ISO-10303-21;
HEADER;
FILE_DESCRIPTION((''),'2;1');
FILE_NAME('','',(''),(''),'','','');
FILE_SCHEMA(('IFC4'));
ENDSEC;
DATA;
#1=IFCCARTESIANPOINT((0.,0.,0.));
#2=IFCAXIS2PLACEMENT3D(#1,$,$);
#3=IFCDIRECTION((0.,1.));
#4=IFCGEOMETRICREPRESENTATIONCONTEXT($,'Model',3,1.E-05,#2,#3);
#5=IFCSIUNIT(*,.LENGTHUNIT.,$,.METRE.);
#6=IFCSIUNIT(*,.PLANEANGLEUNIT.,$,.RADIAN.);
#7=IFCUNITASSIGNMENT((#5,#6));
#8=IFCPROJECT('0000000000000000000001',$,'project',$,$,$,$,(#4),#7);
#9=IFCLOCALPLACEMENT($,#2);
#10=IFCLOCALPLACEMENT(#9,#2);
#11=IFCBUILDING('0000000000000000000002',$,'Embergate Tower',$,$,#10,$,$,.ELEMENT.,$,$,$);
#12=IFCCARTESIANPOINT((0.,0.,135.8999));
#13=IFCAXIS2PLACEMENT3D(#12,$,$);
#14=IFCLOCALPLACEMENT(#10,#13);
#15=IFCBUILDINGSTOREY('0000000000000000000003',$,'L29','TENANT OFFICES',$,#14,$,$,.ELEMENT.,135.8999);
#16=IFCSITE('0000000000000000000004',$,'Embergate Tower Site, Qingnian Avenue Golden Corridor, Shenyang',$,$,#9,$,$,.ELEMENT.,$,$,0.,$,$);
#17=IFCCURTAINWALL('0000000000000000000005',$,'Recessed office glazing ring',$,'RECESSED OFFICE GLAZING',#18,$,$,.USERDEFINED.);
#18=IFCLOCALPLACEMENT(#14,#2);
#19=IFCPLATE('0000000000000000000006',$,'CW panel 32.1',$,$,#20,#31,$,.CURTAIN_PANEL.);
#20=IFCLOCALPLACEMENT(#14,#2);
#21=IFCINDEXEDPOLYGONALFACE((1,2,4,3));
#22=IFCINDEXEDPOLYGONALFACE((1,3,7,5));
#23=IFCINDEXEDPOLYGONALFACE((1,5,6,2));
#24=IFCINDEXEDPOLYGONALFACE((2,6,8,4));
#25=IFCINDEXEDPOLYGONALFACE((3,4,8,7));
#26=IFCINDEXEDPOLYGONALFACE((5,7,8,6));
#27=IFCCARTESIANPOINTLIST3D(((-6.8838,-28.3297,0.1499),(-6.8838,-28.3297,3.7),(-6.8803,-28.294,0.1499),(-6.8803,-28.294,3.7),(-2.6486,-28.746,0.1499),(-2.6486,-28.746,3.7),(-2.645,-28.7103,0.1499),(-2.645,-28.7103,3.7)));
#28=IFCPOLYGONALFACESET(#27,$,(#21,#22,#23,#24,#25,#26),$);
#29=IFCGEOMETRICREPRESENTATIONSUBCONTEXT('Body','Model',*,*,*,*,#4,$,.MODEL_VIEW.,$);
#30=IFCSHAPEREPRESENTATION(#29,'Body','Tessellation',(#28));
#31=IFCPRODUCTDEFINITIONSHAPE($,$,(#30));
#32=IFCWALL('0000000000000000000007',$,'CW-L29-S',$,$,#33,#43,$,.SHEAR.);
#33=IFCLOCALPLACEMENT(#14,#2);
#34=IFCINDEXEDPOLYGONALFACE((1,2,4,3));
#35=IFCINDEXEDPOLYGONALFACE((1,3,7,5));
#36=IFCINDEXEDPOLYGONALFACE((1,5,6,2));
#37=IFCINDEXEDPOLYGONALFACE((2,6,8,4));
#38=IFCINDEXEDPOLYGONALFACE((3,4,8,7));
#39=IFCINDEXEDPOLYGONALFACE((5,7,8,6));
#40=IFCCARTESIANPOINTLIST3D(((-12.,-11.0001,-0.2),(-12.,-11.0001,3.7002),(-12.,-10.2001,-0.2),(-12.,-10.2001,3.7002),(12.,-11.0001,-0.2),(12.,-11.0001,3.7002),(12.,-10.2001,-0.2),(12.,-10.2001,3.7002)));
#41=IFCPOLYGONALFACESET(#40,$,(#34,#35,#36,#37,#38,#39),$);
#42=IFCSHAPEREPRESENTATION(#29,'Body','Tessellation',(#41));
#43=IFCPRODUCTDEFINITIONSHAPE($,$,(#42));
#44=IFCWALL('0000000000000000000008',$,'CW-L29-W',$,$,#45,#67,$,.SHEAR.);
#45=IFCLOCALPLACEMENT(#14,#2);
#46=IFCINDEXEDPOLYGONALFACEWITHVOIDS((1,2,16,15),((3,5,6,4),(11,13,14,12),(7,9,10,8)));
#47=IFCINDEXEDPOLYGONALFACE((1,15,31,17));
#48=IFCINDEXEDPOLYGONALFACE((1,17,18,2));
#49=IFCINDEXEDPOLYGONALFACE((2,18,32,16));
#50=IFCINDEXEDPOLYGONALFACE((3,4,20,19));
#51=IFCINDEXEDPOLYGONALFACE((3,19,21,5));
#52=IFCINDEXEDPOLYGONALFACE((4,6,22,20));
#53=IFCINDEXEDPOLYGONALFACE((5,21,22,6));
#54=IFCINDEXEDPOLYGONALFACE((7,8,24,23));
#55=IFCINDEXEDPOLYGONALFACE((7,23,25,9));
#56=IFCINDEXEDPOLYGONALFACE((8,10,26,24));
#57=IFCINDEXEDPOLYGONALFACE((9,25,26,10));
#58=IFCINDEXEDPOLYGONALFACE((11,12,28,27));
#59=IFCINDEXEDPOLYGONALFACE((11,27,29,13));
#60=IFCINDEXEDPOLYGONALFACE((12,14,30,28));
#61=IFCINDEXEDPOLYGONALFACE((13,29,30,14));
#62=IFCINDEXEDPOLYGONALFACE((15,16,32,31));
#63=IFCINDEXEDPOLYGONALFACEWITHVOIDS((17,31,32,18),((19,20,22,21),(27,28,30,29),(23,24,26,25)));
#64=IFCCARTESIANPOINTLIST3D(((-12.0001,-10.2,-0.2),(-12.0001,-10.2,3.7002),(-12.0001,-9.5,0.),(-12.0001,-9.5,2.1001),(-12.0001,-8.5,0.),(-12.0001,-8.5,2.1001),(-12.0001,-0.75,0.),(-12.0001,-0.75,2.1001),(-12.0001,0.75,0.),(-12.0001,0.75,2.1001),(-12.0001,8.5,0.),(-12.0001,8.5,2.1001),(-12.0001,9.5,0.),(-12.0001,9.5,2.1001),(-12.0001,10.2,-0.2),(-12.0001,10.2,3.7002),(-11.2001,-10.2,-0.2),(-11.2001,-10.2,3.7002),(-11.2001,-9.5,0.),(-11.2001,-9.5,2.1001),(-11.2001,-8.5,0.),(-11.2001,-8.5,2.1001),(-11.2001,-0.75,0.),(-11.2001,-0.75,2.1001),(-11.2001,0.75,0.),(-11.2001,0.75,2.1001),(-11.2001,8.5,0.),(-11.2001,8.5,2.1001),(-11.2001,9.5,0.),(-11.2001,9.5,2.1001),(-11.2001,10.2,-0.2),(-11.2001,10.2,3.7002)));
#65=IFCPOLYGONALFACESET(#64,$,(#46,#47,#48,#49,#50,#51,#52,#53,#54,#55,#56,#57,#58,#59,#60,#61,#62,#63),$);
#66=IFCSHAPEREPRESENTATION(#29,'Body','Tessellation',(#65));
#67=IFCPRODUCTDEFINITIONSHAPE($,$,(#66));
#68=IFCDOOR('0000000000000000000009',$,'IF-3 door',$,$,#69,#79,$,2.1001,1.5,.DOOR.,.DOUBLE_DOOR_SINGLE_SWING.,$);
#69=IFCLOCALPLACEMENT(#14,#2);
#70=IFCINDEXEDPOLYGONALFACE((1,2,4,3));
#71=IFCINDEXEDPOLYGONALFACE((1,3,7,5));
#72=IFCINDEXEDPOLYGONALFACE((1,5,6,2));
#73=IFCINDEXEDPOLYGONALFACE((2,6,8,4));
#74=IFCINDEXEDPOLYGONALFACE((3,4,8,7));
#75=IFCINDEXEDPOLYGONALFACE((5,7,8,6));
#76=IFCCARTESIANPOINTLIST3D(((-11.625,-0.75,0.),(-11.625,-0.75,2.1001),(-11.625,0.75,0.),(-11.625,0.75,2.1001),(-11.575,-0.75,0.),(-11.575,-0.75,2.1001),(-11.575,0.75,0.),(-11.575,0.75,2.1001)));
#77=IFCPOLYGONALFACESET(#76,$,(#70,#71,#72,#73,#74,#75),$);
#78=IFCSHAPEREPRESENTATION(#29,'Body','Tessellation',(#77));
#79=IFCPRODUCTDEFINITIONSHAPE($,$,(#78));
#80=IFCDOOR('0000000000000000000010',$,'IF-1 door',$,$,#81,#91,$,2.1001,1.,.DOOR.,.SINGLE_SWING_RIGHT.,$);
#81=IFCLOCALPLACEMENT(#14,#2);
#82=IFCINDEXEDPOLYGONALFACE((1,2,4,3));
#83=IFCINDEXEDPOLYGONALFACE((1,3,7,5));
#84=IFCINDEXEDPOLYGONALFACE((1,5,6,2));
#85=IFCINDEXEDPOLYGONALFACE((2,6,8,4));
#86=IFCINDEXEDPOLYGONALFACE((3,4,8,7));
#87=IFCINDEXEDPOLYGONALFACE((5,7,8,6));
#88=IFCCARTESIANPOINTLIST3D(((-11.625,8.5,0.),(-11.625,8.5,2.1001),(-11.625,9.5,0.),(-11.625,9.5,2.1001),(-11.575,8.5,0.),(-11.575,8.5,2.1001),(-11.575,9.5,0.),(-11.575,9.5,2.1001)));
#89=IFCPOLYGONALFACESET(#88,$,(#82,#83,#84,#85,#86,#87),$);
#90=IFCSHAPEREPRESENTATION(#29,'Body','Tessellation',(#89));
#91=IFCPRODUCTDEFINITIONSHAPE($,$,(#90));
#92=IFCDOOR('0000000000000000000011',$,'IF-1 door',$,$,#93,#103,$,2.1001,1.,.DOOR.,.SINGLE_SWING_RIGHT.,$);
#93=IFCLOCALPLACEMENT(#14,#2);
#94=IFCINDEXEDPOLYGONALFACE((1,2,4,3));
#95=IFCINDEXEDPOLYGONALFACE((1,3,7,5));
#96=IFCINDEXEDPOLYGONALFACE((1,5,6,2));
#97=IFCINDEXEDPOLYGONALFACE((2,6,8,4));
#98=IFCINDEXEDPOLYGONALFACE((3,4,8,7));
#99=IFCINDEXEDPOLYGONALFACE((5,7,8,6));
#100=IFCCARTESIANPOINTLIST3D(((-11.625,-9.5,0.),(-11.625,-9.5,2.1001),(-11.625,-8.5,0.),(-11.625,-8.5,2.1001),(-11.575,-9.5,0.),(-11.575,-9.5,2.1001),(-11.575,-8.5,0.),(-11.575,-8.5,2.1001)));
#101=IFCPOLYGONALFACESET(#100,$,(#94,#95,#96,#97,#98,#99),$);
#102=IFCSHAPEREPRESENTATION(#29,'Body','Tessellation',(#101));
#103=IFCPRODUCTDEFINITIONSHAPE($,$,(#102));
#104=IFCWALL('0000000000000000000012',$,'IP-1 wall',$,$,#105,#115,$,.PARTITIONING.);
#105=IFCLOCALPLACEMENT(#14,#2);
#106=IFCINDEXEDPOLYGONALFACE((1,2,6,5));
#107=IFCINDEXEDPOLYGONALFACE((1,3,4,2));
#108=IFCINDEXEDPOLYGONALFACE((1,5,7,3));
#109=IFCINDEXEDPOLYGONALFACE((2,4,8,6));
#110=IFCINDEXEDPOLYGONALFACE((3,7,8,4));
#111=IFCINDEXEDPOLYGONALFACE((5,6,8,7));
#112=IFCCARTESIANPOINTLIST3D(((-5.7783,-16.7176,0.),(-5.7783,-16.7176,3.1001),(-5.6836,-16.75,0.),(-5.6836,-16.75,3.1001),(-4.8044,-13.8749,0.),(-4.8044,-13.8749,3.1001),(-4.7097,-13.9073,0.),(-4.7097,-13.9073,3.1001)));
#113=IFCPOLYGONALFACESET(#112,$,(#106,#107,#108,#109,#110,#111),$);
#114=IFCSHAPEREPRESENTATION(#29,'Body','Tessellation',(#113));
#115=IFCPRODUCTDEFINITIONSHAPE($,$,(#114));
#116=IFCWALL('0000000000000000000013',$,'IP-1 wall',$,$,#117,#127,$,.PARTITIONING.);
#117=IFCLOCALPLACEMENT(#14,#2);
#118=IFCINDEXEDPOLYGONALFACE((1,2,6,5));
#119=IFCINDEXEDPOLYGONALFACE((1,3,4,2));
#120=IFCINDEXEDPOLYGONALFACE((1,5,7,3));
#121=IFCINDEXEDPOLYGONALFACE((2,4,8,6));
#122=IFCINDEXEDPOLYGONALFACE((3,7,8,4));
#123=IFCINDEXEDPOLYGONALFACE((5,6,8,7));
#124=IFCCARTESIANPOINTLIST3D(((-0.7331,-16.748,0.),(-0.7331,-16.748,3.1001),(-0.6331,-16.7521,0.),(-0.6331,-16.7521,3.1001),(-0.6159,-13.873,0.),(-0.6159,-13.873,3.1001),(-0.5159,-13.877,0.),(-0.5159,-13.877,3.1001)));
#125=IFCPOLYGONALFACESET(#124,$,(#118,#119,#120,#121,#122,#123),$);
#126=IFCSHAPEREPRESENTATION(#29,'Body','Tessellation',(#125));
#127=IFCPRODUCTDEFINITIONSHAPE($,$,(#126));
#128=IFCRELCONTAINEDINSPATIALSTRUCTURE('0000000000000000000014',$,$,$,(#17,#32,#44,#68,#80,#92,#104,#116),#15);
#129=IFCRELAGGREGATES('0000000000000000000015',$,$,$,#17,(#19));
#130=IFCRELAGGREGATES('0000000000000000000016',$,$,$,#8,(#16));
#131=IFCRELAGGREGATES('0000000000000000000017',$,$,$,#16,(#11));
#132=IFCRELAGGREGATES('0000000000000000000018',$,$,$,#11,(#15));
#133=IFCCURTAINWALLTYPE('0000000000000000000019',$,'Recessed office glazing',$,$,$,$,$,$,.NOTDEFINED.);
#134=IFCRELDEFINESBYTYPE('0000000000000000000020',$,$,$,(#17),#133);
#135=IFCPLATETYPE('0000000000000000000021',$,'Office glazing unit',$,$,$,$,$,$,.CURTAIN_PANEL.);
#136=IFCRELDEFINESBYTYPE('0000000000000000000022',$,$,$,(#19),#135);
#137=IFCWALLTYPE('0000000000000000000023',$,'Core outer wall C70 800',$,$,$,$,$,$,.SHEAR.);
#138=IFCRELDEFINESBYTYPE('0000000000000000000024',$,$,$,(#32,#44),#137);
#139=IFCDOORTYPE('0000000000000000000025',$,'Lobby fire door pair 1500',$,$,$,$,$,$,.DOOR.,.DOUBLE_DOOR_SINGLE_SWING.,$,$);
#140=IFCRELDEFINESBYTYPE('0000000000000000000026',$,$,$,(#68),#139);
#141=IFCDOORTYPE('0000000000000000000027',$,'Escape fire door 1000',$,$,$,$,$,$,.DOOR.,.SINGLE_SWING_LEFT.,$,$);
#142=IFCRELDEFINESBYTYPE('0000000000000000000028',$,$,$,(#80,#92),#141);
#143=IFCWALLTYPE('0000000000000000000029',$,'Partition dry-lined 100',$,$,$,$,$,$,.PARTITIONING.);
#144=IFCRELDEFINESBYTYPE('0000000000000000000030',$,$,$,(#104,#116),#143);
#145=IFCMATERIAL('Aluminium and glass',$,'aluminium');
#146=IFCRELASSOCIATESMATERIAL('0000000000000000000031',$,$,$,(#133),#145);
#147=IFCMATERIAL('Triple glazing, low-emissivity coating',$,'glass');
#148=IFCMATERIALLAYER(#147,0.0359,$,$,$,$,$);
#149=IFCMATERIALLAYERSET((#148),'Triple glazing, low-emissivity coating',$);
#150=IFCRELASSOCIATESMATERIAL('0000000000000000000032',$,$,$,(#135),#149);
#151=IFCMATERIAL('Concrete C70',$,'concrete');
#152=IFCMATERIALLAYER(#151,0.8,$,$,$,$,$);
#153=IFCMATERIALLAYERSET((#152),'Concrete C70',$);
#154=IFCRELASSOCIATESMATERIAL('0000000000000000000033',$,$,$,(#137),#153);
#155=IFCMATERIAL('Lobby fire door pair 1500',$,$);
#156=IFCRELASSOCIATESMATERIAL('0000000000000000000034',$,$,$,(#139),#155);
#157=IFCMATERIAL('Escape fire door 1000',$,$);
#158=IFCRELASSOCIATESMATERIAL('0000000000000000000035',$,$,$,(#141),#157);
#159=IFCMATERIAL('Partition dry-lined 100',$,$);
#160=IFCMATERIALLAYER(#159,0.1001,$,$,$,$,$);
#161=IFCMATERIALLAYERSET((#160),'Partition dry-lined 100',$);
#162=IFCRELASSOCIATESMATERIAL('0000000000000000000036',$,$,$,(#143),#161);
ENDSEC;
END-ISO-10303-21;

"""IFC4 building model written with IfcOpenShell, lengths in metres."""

from ifc_helpers import new_model, si_unit, direction, frame, frame_2d, origin, origin_2d, place, context, subcontext, project, spatial, rectangle, extrude, source, transform, mapped, material, layer, layer_set, type_object, element, fill, aggregate, save


model = new_model("IFC4")

# Units and contexts
model_context = context("Model", 3, precision=1e-05, world=origin(), true_north=direction((0.0, 1.0)))
body_context = subcontext(model_context, "Body", "Model", "MODEL_VIEW")
ifc_project = project(units=[si_unit("LENGTHUNIT", "METRE"), si_unit("PLANEANGLEUNIT", "RADIAN")], contexts=[model_context])

# Site, building, storey
site_placement = place(None, origin())
site = spatial("IfcSite", under=ifc_project, at=site_placement, Name="Embergate Tower Site, Qingnian Avenue Golden Corridor, Shenyang", CompositionType="ELEMENT", RefElevation=0.0)
building_placement = place(site_placement, origin())
building = spatial("IfcBuilding", under=site, at=building_placement, Name="Embergate Tower", CompositionType="ELEMENT")
storey_placement = place(building_placement, frame((0.0, 0.0, 135.8999)))
storey = spatial("IfcBuildingStorey", under=building, at=storey_placement, Name="L29", Description="TENANT OFFICES", CompositionType="ELEMENT", Elevation=135.8999)

# Shared definitions
ifc_material_1 = material(Name="Concrete C70", Category="concrete")

# Curtain wall
ifc_material_2 = material(Name="Aluminium and glass", Category="aluminium")
curtain_wall_type = type_object("IfcCurtainWallType", Name="Recessed office glazing", PredefinedType="NOTDEFINED", material=ifc_material_2)
curtain_wall_placement = place(storey_placement, origin())
curtain_wall = element("IfcCurtainWall", 1, at=curtain_wall_placement, inside=storey, type_object=curtain_wall_type, Name="Recessed office glazing ring", ObjectType="RECESSED OFFICE GLAZING", PredefinedType="USERDEFINED")

# Plate
ifc_material_3 = material(Name="Triple glazing, low-emissivity coating", Category="glass")
ifc_layer_1 = layer(ifc_material_3, 0.0359)
ifc_layer_set_1 = layer_set([ifc_layer_1], Name="Triple glazing, low-emissivity coating")
plate_type = type_object("IfcPlateType", Name="Office glazing unit", PredefinedType="CURTAIN_PANEL", material=ifc_layer_set_1)
shared_shape_1 = source(origin(), body_context, "Body", "SweptSolid", [
    extrude(rectangle(XDim=4.2556, YDim=0.0359, at=origin_2d()), origin(), (0.0, 0.0, 1.0), 3.55),
])
plate_1_placement = place(storey_placement, frame((-4.7644, -28.52, 0.1499), z_axis=(0.0, 0.0, 1.0), x_axis=(0.995203, -0.097828, 0.0)))
plate_1 = element("IfcPlate", 2, at=plate_1_placement, type_object=plate_type, Name="CW panel 32.1", PredefinedType="CURTAIN_PANEL", context=body_context, shape_type="MappedRepresentation", body=[
    mapped(shared_shape_1, transform((0.0, 0.0, 0.0))),
])
aggregate(curtain_wall, [plate_1])

# Wall
ifc_layer_2 = layer(ifc_material_1, 0.8)
ifc_layer_set_2 = layer_set([ifc_layer_2], Name="Concrete C70")
wall_type_1 = type_object("IfcWallType", Name="Core outer wall C70 800", PredefinedType="SHEAR", material=ifc_layer_set_2)
shared_shape_2 = source(origin(), body_context, "Body", "SweptSolid", [
    extrude(rectangle(XDim=24.0, YDim=0.8, at=frame_2d((12.0, 0.0))), origin(), (0.0, 0.0, 1.0), 3.9001),
])
wall_1_placement = place(storey_placement, frame((-12.0, -10.6001, -0.2), z_axis=(0.0, 0.0, 1.0), x_axis=(1.0, 0.0, 0.0)))
element("IfcWall", 3, at=wall_1_placement, inside=storey, type_object=wall_type_1, Name="CW-L29-S", PredefinedType="SHEAR", context=body_context, shape_type="MappedRepresentation", body=[
    mapped(shared_shape_2, transform((0.0, 0.0, 0.0))),
])

# Wall, openings, doors
shared_shape_3 = source(origin(), body_context, "Body", "SweptSolid", [
    extrude(rectangle(XDim=20.3999, YDim=0.8, at=frame_2d((10.2, 0.0))), origin(), (0.0, 0.0, 1.0), 3.9001),
])
wall_2_placement = place(storey_placement, frame((-11.6001, -10.2, -0.2), z_axis=(0.0, 0.0, 1.0), x_axis=(0.0, 1.0, 0.0)))
wall_2 = element("IfcWall", 4, at=wall_2_placement, inside=storey, type_object=wall_type_1, Name="CW-L29-W", PredefinedType="SHEAR", context=body_context, shape_type="MappedRepresentation", body=[
    mapped(shared_shape_3, transform((0.0, 0.0, 0.0))),
])
shared_shape_4 = source(origin(), body_context, "Body", "SweptSolid", [
    extrude(rectangle(XDim=1.0, YDim=2.1001, at=frame_2d((0.5, 1.05))), frame((0.0, 0.4099, 0.0), z_axis=(0.0, -1.0, 0.0), x_axis=(1.0, 0.0, 0.0)), (0.0, 0.0, 1.0), 0.8201),
])
opening_1_placement = place(wall_2_placement, frame((18.7, 0.0, 0.2)))
opening_1 = element("IfcOpeningElement", 5, at=opening_1_placement, cuts=wall_2, PredefinedType="OPENING", context=body_context, shape_type="MappedRepresentation", body=[
    mapped(shared_shape_4, transform((0.0, 0.0, 0.0))),
])
opening_2_placement = place(wall_2_placement, frame((0.7, 0.0, 0.2)))
opening_2 = element("IfcOpeningElement", 6, at=opening_2_placement, cuts=wall_2, PredefinedType="OPENING", context=body_context, shape_type="MappedRepresentation", body=[
    mapped(shared_shape_4, transform((0.0, 0.0, 0.0))),
])
shared_shape_5 = source(origin(), body_context, "Body", "SweptSolid", [
    extrude(rectangle(XDim=1.5, YDim=2.1001, at=frame_2d((0.75, 1.05))), frame((0.0, 0.4099, 0.0), z_axis=(0.0, -1.0, 0.0), x_axis=(1.0, 0.0, 0.0)), (0.0, 0.0, 1.0), 0.8201),
])
opening_3_placement = place(wall_2_placement, frame((9.45, 0.0, 0.2)))
opening_3 = element("IfcOpeningElement", 7, at=opening_3_placement, cuts=wall_2, PredefinedType="OPENING", context=body_context, shape_type="MappedRepresentation", body=[
    mapped(shared_shape_5, transform((0.0, 0.0, 0.0))),
])
ifc_material_4 = material(Name="Lobby fire door pair 1500")
door_type_1 = type_object("IfcDoorType", Name="Lobby fire door pair 1500", OperationType="DOUBLE_DOOR_SINGLE_SWING", PredefinedType="DOOR", material=ifc_material_4)
shared_shape_6 = source(origin(), body_context, "Body", "SweptSolid", [
    extrude(rectangle(XDim=1.5, YDim=2.1001, at=frame_2d((0.75, 1.05))), frame((0.0, 0.0249, 0.0), z_axis=(0.0, -1.0, 0.0), x_axis=(1.0, 0.0, 0.0)), (0.0, 0.0, 1.0), 0.05),
])
door_1_placement = place(opening_3_placement, origin())
door_1 = element("IfcDoor", 8, at=door_1_placement, inside=storey, type_object=door_type_1, Name="IF-3 door", OperationType="DOUBLE_DOOR_SINGLE_SWING", OverallHeight=2.1001, OverallWidth=1.5, PredefinedType="DOOR", context=body_context, shape_type="MappedRepresentation", body=[
    mapped(shared_shape_6, transform((0.0, 0.0, 0.0))),
])
fill(opening_3, door_1)
ifc_material_5 = material(Name="Escape fire door 1000")
door_type_2 = type_object("IfcDoorType", Name="Escape fire door 1000", OperationType="SINGLE_SWING_LEFT", PredefinedType="DOOR", material=ifc_material_5)
shared_shape_7 = source(origin(), body_context, "Body", "SweptSolid", [
    extrude(rectangle(XDim=1.0, YDim=2.1001, at=frame_2d((0.5, 1.05))), frame((0.0, 0.0249, 0.0), z_axis=(0.0, -1.0, 0.0), x_axis=(1.0, 0.0, 0.0)), (0.0, 0.0, 1.0), 0.05),
])
door_2_placement = place(opening_1_placement, origin())
door_2 = element("IfcDoor", 9, at=door_2_placement, inside=storey, type_object=door_type_2, Name="IF-1 door", OperationType="SINGLE_SWING_RIGHT", OverallHeight=2.1001, OverallWidth=1.0, PredefinedType="DOOR", context=body_context, shape_type="MappedRepresentation", body=[
    mapped(shared_shape_7, transform((0.0, 0.0, 0.0))),
])
fill(opening_1, door_2)
door_3_placement = place(opening_2_placement, origin())
door_3 = element("IfcDoor", 10, at=door_3_placement, inside=storey, type_object=door_type_2, Name="IF-1 door", OperationType="SINGLE_SWING_RIGHT", OverallHeight=2.1001, OverallWidth=1.0, PredefinedType="DOOR", context=body_context, shape_type="MappedRepresentation", body=[
    mapped(shared_shape_7, transform((0.0, 0.0, 0.0))),
])
fill(opening_2, door_3)

# Walls
ifc_material_6 = material(Name="Partition dry-lined 100")
ifc_layer_3 = layer(ifc_material_6, 0.1001)
ifc_layer_set_3 = layer_set([ifc_layer_3], Name="Partition dry-lined 100")
wall_type_2 = type_object("IfcWallType", Name="Partition dry-lined 100", PredefinedType="PARTITIONING", material=ifc_layer_set_3)
shared_shape_8 = source(origin(), body_context, "Body", "SweptSolid", [
    extrude(rectangle(XDim=3.0049, YDim=0.1001, at=frame_2d((1.5024, 0.0))), origin(), (0.0, 0.0, 1.0), 3.1001),
])
wall_3_placement = place(storey_placement, frame((-4.7571, -13.8911, 0.0), z_axis=(0.0, 0.0, 1.0), x_axis=(-0.32409, -0.946026, 0.0)))
element("IfcWall", 11, at=wall_3_placement, inside=storey, type_object=wall_type_2, Name="IP-1 wall", PredefinedType="PARTITIONING", context=body_context, shape_type="MappedRepresentation", body=[
    mapped(shared_shape_8, transform((0.0, 0.0, 0.0))),
])
shared_shape_9 = source(origin(), body_context, "Body", "SweptSolid", [
    extrude(rectangle(XDim=2.8774, YDim=0.1001, at=frame_2d((1.4387, 0.0))), origin(), (0.0, 0.0, 1.0), 3.1001),
])
wall_4_placement = place(storey_placement, frame((-0.5659, -13.875, 0.0), z_axis=(0.0, 0.0, 1.0), x_axis=(-0.040727, -0.99917, 0.0)))
element("IfcWall", 12, at=wall_4_placement, inside=storey, type_object=wall_type_2, Name="IP-1 wall", PredefinedType="PARTITIONING", context=body_context, shape_type="MappedRepresentation", body=[
    mapped(shared_shape_9, transform((0.0, 0.0, 0.0))),
])

save(model, "model.ifc")
